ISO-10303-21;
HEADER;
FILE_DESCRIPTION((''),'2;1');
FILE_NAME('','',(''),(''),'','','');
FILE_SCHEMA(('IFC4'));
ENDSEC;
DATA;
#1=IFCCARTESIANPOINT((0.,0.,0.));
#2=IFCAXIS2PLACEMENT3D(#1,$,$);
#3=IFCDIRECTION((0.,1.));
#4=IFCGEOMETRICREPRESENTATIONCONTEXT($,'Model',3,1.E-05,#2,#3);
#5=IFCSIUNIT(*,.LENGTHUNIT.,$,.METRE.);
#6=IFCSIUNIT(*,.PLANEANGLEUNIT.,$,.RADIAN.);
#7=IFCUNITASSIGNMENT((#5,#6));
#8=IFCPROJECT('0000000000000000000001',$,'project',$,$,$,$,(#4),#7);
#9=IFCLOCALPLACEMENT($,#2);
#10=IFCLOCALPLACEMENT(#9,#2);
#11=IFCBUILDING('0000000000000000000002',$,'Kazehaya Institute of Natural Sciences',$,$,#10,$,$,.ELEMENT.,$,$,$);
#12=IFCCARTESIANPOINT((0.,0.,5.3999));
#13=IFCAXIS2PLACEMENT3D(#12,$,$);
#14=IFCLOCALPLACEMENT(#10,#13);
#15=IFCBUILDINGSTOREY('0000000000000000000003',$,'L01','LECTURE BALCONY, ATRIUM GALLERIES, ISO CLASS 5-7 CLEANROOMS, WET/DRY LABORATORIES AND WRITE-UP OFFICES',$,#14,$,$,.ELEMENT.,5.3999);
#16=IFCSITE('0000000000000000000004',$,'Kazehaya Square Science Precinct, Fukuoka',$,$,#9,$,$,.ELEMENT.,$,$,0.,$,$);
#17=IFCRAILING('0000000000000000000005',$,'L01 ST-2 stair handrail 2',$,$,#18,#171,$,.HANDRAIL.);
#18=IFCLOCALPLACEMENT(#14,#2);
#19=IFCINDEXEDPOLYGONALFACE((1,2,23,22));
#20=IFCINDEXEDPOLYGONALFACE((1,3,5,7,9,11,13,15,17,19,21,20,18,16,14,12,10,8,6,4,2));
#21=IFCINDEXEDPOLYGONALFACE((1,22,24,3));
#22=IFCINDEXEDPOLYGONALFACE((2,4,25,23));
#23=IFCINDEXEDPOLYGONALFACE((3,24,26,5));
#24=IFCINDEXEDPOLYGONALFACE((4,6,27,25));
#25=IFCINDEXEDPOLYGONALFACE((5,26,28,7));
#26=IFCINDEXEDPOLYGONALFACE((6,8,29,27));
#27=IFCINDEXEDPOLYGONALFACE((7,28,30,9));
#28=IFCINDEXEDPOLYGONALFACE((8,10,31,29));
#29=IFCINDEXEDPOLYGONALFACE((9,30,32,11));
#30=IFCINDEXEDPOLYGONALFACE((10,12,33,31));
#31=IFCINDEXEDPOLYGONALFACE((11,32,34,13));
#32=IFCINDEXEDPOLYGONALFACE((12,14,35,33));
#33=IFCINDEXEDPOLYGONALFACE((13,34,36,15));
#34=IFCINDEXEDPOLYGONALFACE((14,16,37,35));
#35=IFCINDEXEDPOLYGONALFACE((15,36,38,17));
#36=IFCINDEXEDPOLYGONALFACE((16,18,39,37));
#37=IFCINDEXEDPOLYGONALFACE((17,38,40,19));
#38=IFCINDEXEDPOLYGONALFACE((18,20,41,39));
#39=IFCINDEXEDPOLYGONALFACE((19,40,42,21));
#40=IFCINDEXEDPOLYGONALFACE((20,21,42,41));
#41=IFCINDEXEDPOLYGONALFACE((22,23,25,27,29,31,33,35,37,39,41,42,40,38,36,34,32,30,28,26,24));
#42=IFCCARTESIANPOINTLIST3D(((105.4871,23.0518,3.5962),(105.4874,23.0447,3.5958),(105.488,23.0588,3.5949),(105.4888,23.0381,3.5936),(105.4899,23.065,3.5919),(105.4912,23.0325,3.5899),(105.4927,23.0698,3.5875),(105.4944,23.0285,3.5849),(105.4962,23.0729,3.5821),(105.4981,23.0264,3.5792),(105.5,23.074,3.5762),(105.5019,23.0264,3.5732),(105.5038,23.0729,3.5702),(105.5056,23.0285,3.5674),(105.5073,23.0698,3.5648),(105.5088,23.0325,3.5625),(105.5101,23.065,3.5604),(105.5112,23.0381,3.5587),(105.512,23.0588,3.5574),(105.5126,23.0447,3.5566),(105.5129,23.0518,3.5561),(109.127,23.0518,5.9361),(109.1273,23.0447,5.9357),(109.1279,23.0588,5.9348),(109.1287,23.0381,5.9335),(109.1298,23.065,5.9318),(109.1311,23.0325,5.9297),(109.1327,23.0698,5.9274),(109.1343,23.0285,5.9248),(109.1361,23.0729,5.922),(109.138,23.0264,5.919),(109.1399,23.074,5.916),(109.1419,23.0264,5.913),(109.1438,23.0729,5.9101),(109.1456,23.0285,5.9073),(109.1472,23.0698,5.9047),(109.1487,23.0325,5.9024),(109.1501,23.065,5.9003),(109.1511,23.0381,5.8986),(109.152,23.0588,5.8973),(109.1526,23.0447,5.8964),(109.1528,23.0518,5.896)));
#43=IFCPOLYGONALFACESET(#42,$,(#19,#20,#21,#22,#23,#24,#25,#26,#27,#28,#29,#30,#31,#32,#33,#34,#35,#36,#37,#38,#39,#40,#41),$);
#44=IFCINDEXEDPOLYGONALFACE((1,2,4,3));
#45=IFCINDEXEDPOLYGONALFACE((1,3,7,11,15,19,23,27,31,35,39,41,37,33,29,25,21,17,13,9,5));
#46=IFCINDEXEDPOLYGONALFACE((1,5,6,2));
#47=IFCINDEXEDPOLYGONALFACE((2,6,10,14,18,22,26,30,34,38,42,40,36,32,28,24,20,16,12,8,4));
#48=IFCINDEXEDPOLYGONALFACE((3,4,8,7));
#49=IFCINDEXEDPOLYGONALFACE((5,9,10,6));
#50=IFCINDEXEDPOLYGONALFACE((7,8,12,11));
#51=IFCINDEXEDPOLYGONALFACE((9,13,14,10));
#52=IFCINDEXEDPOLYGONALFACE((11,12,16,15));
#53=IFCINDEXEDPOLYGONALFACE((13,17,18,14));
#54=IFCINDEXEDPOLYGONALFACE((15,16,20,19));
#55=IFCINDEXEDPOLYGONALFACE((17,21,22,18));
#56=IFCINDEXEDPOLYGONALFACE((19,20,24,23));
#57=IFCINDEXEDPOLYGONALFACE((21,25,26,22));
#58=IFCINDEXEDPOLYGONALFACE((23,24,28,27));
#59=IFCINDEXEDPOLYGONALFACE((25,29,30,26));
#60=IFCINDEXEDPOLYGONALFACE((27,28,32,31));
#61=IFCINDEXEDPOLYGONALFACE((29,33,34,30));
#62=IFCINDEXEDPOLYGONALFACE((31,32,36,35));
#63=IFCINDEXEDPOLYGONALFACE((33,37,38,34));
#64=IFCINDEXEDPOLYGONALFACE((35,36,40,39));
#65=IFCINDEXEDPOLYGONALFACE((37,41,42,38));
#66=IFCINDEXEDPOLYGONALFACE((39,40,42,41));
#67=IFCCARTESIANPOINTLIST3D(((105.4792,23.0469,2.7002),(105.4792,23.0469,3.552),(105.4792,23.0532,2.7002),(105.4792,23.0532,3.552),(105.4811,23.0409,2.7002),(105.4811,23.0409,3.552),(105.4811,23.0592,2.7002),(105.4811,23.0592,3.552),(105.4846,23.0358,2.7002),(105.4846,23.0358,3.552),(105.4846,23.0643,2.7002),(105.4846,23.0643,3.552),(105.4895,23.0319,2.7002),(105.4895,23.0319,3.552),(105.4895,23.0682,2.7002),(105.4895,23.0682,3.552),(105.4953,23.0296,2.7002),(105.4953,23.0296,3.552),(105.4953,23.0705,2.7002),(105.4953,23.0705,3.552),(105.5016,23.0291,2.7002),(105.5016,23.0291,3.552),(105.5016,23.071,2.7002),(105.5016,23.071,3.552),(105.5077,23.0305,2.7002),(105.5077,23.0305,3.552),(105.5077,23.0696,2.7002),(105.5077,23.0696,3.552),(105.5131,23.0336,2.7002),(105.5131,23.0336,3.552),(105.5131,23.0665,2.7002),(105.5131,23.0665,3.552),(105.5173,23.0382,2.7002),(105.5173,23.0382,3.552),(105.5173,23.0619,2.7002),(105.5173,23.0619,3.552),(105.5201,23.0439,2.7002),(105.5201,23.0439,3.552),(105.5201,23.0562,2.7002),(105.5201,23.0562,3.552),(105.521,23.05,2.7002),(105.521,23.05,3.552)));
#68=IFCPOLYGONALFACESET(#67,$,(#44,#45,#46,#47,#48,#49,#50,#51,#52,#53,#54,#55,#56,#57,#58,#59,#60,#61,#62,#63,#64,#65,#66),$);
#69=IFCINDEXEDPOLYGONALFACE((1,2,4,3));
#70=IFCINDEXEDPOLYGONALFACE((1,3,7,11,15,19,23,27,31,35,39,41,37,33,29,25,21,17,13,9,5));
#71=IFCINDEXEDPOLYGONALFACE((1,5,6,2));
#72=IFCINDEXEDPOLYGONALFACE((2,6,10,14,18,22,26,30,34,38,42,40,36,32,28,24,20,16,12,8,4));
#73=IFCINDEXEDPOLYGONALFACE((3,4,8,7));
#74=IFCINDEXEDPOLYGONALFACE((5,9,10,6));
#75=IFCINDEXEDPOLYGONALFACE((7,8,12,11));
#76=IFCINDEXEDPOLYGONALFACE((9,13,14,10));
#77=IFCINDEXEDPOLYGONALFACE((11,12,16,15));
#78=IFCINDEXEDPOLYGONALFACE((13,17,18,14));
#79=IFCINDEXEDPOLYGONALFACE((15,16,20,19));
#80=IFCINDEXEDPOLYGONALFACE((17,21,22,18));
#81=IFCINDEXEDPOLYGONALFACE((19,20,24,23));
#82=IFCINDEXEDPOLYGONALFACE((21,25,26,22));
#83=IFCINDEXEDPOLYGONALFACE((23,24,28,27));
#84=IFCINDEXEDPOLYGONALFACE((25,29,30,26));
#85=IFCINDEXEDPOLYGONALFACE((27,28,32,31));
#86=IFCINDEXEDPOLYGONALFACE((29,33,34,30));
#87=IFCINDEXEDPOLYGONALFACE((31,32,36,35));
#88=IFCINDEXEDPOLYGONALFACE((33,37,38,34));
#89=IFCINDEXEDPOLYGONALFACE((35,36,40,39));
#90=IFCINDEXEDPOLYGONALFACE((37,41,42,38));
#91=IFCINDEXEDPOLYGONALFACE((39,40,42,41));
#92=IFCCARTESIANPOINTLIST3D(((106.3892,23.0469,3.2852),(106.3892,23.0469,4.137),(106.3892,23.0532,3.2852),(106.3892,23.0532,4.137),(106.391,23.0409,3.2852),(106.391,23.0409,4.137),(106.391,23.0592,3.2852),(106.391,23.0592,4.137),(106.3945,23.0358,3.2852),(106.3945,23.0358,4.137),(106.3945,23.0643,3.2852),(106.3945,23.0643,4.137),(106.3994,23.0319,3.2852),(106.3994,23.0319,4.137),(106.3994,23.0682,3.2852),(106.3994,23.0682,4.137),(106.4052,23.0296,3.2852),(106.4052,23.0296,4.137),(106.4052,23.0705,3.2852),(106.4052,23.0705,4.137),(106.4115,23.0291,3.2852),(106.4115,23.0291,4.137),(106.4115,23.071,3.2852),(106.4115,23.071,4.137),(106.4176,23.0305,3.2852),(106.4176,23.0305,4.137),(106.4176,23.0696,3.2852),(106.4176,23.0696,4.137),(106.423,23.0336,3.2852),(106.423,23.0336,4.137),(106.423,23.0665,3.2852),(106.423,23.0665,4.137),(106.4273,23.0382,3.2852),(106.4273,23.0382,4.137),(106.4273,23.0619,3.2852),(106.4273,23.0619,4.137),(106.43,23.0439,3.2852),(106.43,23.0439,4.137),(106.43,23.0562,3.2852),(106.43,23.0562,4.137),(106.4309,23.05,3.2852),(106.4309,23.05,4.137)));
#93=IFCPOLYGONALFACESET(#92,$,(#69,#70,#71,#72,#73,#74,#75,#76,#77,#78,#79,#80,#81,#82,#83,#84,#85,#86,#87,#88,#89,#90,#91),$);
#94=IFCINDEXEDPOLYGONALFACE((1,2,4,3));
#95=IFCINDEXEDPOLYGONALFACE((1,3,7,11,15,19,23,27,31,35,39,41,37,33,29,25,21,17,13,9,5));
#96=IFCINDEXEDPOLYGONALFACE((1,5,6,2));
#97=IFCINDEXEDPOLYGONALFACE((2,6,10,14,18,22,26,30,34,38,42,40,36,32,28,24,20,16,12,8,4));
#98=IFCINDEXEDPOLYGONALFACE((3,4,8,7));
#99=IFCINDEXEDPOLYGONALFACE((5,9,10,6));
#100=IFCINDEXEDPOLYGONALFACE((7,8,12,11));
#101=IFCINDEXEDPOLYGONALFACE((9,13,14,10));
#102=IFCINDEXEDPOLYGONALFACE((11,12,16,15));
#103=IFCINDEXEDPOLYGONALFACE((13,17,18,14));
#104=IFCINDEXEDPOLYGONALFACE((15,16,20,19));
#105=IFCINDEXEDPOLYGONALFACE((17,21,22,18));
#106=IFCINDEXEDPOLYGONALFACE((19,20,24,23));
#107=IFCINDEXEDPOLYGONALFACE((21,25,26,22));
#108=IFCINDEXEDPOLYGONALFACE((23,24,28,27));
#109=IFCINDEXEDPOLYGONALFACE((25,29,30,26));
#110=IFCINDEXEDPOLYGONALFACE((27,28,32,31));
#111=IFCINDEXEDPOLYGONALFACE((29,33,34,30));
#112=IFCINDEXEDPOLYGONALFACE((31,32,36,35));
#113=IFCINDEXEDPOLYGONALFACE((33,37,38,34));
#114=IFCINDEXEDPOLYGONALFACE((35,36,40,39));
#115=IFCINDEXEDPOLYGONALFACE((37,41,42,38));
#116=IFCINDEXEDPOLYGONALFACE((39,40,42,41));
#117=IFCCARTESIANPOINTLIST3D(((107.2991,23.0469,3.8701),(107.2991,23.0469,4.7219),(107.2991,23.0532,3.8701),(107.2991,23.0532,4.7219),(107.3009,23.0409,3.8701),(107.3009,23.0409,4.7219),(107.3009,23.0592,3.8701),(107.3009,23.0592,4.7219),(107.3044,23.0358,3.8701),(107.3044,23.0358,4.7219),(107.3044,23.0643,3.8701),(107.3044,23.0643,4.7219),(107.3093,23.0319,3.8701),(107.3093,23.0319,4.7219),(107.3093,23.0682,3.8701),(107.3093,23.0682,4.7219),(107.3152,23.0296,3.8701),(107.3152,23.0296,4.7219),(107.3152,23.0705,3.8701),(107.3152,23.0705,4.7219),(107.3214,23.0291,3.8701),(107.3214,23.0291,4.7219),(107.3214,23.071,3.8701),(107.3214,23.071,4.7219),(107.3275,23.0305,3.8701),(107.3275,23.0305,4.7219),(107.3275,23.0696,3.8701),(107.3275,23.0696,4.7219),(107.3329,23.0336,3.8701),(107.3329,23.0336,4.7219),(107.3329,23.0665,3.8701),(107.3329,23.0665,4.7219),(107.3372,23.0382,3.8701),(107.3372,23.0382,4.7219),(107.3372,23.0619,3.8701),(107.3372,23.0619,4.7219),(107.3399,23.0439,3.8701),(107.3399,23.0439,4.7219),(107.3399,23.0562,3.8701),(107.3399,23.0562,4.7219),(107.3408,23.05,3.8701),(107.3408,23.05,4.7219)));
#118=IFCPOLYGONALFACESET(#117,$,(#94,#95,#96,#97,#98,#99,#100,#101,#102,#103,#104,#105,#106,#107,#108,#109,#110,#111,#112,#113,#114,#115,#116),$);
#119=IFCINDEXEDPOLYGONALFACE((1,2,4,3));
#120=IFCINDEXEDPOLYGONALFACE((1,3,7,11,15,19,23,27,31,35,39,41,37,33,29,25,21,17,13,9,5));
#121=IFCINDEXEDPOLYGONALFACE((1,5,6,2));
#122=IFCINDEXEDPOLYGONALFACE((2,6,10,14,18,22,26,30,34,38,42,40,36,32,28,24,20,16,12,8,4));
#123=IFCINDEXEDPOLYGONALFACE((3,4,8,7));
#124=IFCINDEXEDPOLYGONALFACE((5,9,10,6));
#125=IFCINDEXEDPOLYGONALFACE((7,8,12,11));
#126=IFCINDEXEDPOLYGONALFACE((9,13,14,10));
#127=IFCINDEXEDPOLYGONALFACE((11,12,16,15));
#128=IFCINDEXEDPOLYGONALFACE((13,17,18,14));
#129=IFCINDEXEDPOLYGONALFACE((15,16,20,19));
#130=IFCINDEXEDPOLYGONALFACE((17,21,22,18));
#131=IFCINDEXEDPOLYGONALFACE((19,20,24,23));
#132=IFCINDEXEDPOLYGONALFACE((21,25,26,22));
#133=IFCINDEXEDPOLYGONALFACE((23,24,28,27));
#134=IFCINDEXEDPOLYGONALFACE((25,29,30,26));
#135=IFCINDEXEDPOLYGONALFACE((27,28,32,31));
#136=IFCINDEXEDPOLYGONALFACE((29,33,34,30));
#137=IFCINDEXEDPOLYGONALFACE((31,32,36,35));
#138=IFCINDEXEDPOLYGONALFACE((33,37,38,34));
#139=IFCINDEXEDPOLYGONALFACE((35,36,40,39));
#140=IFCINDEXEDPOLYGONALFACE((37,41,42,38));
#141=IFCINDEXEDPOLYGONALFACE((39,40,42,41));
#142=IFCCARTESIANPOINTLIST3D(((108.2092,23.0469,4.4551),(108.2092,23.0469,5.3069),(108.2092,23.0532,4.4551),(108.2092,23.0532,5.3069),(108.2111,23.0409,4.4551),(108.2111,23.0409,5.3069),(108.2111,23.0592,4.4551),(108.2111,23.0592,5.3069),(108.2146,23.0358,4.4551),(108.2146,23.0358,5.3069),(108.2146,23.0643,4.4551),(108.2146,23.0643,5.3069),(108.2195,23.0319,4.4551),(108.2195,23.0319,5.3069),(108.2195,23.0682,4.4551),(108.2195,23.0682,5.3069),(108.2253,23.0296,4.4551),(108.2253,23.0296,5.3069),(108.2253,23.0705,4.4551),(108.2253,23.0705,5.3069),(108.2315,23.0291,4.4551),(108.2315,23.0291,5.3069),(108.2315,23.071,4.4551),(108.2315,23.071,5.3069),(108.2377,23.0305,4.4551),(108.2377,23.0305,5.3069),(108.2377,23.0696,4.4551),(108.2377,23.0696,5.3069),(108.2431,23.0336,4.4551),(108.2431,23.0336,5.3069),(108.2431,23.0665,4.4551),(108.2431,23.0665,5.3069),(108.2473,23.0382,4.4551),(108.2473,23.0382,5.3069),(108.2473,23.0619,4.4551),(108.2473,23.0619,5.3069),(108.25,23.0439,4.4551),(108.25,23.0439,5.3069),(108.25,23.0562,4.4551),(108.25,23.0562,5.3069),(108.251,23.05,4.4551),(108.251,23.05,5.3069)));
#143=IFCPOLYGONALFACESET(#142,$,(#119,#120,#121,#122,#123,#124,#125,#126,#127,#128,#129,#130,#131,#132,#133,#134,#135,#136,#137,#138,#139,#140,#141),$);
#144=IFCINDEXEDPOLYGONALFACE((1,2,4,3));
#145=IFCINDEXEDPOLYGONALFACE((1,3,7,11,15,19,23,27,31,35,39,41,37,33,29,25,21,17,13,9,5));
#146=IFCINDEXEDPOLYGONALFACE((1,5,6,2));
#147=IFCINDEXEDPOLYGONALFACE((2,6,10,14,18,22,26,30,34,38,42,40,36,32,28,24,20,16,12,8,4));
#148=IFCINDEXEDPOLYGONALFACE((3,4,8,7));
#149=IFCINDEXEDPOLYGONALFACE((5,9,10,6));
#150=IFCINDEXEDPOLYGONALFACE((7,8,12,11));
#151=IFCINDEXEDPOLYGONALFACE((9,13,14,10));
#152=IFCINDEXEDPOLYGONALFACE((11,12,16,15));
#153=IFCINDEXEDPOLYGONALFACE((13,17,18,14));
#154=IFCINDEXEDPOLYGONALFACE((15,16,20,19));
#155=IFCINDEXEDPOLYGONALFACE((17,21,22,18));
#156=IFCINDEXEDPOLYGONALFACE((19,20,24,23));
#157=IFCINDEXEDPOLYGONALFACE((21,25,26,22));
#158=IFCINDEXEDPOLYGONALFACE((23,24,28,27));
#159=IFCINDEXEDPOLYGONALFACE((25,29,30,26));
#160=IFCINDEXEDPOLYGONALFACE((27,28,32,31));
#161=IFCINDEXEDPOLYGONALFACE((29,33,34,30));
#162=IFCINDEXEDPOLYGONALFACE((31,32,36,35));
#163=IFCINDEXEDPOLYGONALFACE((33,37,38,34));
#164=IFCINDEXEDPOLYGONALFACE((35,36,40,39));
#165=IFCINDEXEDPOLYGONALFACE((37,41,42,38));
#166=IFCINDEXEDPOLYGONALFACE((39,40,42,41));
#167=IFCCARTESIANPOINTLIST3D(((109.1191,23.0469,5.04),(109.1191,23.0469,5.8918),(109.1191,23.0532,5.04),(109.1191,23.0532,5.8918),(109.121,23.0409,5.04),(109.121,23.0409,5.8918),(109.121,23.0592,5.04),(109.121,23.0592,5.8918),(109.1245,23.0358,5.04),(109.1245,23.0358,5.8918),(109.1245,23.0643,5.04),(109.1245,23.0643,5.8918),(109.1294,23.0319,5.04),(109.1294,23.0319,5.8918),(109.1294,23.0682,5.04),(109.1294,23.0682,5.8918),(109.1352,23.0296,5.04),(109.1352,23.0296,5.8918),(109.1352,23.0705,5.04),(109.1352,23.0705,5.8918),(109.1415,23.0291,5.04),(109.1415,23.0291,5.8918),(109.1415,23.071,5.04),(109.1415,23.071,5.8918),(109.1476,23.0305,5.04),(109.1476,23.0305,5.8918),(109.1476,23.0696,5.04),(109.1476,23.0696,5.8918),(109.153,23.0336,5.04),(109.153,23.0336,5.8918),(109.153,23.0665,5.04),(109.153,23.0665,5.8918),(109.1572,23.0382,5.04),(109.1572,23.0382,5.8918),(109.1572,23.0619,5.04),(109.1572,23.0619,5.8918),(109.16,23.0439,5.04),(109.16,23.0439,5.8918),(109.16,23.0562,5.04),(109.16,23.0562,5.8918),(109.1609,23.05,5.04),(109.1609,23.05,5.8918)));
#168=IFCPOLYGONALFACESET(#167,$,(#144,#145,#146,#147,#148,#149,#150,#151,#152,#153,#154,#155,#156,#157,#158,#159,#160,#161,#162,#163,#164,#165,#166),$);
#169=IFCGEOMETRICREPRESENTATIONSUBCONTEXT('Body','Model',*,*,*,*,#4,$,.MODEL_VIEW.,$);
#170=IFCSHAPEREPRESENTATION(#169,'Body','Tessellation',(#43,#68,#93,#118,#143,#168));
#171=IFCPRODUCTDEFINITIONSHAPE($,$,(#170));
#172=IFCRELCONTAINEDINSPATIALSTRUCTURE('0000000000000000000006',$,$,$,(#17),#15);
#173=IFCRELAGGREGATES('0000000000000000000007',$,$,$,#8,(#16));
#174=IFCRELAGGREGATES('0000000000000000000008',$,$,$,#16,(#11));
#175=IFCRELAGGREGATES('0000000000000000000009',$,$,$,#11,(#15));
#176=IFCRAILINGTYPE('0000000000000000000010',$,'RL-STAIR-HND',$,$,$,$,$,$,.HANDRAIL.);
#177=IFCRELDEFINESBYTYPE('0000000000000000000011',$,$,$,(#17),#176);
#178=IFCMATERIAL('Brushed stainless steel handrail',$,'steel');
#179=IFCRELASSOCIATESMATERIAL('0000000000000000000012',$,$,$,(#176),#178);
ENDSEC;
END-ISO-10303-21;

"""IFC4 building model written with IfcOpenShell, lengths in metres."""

from ifc_helpers import new_model, si_unit, direction, frame, origin, origin_2d, place, context, subcontext, project, spatial, circle, extrude, material, type_object, element, save


model = new_model("IFC4")

# Units and contexts
model_context = context("Model", 3, precision=1e-05, world=origin(), true_north=direction((0.0, 1.0)))
body_context = subcontext(model_context, "Body", "Model", "MODEL_VIEW")
ifc_project = project(units=[si_unit("LENGTHUNIT", "METRE"), si_unit("PLANEANGLEUNIT", "RADIAN")], contexts=[model_context])

# Site, building, storey
site_placement = place(None, origin())
site = spatial("IfcSite", under=ifc_project, at=site_placement, Name="Kazehaya Square Science Precinct, Fukuoka", CompositionType="ELEMENT", RefElevation=0.0)
building_placement = place(site_placement, origin())
building = spatial("IfcBuilding", under=site, at=building_placement, Name="Kazehaya Institute of Natural Sciences", CompositionType="ELEMENT")
storey_placement = place(building_placement, frame((0.0, 0.0, 5.3999)))
storey = spatial("IfcBuildingStorey", under=building, at=storey_placement, Name="L01", Description="LECTURE BALCONY, ATRIUM GALLERIES, ISO CLASS 5-7 CLEANROOMS, WET/DRY LABORATORIES AND WRITE-UP OFFICES", CompositionType="ELEMENT", Elevation=5.3999)

# Railing
ifc_material_1 = material(Name="Brushed stainless steel handrail", Category="steel")
railing_type_1 = type_object("IfcRailingType", Name="RL-STAIR-HND", PredefinedType="HANDRAIL", material=ifc_material_1)
railing_1_placement = place(storey_placement, frame((105.5, 23.05, 2.7002)))
element("IfcRailing", 1, at=railing_1_placement, inside=storey, type_object=railing_type_1, Name="L01 ST-2 stair handrail 2", PredefinedType="HANDRAIL", context=body_context, shape_type="SweptSolid", body=[
    extrude(circle(Radius=0.0239, at=origin_2d()), frame((0.0, 0.0, 0.876), z_axis=(0.841188, 0.0, 0.540743), x_axis=(0.0, 1.0, 0.0)), (0.0, 0.0, 1.0), 4.3271),
    extrude(circle(Radius=0.021, at=origin_2d()), origin(), (0.0, 0.0, 1.0), 0.8518),
    extrude(circle(Radius=0.021, at=origin_2d()), frame((0.9099, 0.0, 0.585)), (0.0, 0.0, 1.0), 0.8518),
    extrude(circle(Radius=0.021, at=origin_2d()), frame((1.8198, 0.0, 1.1699)), (0.0, 0.0, 1.0), 0.8518),
    extrude(circle(Radius=0.021, at=origin_2d()), frame((2.73, 0.0, 1.7549)), (0.0, 0.0, 1.0), 0.8518),
    extrude(circle(Radius=0.021, at=origin_2d()), frame((3.6399, 0.0, 2.3398)), (0.0, 0.0, 1.0), 0.8518),
])

save(model, "model.ifc")
